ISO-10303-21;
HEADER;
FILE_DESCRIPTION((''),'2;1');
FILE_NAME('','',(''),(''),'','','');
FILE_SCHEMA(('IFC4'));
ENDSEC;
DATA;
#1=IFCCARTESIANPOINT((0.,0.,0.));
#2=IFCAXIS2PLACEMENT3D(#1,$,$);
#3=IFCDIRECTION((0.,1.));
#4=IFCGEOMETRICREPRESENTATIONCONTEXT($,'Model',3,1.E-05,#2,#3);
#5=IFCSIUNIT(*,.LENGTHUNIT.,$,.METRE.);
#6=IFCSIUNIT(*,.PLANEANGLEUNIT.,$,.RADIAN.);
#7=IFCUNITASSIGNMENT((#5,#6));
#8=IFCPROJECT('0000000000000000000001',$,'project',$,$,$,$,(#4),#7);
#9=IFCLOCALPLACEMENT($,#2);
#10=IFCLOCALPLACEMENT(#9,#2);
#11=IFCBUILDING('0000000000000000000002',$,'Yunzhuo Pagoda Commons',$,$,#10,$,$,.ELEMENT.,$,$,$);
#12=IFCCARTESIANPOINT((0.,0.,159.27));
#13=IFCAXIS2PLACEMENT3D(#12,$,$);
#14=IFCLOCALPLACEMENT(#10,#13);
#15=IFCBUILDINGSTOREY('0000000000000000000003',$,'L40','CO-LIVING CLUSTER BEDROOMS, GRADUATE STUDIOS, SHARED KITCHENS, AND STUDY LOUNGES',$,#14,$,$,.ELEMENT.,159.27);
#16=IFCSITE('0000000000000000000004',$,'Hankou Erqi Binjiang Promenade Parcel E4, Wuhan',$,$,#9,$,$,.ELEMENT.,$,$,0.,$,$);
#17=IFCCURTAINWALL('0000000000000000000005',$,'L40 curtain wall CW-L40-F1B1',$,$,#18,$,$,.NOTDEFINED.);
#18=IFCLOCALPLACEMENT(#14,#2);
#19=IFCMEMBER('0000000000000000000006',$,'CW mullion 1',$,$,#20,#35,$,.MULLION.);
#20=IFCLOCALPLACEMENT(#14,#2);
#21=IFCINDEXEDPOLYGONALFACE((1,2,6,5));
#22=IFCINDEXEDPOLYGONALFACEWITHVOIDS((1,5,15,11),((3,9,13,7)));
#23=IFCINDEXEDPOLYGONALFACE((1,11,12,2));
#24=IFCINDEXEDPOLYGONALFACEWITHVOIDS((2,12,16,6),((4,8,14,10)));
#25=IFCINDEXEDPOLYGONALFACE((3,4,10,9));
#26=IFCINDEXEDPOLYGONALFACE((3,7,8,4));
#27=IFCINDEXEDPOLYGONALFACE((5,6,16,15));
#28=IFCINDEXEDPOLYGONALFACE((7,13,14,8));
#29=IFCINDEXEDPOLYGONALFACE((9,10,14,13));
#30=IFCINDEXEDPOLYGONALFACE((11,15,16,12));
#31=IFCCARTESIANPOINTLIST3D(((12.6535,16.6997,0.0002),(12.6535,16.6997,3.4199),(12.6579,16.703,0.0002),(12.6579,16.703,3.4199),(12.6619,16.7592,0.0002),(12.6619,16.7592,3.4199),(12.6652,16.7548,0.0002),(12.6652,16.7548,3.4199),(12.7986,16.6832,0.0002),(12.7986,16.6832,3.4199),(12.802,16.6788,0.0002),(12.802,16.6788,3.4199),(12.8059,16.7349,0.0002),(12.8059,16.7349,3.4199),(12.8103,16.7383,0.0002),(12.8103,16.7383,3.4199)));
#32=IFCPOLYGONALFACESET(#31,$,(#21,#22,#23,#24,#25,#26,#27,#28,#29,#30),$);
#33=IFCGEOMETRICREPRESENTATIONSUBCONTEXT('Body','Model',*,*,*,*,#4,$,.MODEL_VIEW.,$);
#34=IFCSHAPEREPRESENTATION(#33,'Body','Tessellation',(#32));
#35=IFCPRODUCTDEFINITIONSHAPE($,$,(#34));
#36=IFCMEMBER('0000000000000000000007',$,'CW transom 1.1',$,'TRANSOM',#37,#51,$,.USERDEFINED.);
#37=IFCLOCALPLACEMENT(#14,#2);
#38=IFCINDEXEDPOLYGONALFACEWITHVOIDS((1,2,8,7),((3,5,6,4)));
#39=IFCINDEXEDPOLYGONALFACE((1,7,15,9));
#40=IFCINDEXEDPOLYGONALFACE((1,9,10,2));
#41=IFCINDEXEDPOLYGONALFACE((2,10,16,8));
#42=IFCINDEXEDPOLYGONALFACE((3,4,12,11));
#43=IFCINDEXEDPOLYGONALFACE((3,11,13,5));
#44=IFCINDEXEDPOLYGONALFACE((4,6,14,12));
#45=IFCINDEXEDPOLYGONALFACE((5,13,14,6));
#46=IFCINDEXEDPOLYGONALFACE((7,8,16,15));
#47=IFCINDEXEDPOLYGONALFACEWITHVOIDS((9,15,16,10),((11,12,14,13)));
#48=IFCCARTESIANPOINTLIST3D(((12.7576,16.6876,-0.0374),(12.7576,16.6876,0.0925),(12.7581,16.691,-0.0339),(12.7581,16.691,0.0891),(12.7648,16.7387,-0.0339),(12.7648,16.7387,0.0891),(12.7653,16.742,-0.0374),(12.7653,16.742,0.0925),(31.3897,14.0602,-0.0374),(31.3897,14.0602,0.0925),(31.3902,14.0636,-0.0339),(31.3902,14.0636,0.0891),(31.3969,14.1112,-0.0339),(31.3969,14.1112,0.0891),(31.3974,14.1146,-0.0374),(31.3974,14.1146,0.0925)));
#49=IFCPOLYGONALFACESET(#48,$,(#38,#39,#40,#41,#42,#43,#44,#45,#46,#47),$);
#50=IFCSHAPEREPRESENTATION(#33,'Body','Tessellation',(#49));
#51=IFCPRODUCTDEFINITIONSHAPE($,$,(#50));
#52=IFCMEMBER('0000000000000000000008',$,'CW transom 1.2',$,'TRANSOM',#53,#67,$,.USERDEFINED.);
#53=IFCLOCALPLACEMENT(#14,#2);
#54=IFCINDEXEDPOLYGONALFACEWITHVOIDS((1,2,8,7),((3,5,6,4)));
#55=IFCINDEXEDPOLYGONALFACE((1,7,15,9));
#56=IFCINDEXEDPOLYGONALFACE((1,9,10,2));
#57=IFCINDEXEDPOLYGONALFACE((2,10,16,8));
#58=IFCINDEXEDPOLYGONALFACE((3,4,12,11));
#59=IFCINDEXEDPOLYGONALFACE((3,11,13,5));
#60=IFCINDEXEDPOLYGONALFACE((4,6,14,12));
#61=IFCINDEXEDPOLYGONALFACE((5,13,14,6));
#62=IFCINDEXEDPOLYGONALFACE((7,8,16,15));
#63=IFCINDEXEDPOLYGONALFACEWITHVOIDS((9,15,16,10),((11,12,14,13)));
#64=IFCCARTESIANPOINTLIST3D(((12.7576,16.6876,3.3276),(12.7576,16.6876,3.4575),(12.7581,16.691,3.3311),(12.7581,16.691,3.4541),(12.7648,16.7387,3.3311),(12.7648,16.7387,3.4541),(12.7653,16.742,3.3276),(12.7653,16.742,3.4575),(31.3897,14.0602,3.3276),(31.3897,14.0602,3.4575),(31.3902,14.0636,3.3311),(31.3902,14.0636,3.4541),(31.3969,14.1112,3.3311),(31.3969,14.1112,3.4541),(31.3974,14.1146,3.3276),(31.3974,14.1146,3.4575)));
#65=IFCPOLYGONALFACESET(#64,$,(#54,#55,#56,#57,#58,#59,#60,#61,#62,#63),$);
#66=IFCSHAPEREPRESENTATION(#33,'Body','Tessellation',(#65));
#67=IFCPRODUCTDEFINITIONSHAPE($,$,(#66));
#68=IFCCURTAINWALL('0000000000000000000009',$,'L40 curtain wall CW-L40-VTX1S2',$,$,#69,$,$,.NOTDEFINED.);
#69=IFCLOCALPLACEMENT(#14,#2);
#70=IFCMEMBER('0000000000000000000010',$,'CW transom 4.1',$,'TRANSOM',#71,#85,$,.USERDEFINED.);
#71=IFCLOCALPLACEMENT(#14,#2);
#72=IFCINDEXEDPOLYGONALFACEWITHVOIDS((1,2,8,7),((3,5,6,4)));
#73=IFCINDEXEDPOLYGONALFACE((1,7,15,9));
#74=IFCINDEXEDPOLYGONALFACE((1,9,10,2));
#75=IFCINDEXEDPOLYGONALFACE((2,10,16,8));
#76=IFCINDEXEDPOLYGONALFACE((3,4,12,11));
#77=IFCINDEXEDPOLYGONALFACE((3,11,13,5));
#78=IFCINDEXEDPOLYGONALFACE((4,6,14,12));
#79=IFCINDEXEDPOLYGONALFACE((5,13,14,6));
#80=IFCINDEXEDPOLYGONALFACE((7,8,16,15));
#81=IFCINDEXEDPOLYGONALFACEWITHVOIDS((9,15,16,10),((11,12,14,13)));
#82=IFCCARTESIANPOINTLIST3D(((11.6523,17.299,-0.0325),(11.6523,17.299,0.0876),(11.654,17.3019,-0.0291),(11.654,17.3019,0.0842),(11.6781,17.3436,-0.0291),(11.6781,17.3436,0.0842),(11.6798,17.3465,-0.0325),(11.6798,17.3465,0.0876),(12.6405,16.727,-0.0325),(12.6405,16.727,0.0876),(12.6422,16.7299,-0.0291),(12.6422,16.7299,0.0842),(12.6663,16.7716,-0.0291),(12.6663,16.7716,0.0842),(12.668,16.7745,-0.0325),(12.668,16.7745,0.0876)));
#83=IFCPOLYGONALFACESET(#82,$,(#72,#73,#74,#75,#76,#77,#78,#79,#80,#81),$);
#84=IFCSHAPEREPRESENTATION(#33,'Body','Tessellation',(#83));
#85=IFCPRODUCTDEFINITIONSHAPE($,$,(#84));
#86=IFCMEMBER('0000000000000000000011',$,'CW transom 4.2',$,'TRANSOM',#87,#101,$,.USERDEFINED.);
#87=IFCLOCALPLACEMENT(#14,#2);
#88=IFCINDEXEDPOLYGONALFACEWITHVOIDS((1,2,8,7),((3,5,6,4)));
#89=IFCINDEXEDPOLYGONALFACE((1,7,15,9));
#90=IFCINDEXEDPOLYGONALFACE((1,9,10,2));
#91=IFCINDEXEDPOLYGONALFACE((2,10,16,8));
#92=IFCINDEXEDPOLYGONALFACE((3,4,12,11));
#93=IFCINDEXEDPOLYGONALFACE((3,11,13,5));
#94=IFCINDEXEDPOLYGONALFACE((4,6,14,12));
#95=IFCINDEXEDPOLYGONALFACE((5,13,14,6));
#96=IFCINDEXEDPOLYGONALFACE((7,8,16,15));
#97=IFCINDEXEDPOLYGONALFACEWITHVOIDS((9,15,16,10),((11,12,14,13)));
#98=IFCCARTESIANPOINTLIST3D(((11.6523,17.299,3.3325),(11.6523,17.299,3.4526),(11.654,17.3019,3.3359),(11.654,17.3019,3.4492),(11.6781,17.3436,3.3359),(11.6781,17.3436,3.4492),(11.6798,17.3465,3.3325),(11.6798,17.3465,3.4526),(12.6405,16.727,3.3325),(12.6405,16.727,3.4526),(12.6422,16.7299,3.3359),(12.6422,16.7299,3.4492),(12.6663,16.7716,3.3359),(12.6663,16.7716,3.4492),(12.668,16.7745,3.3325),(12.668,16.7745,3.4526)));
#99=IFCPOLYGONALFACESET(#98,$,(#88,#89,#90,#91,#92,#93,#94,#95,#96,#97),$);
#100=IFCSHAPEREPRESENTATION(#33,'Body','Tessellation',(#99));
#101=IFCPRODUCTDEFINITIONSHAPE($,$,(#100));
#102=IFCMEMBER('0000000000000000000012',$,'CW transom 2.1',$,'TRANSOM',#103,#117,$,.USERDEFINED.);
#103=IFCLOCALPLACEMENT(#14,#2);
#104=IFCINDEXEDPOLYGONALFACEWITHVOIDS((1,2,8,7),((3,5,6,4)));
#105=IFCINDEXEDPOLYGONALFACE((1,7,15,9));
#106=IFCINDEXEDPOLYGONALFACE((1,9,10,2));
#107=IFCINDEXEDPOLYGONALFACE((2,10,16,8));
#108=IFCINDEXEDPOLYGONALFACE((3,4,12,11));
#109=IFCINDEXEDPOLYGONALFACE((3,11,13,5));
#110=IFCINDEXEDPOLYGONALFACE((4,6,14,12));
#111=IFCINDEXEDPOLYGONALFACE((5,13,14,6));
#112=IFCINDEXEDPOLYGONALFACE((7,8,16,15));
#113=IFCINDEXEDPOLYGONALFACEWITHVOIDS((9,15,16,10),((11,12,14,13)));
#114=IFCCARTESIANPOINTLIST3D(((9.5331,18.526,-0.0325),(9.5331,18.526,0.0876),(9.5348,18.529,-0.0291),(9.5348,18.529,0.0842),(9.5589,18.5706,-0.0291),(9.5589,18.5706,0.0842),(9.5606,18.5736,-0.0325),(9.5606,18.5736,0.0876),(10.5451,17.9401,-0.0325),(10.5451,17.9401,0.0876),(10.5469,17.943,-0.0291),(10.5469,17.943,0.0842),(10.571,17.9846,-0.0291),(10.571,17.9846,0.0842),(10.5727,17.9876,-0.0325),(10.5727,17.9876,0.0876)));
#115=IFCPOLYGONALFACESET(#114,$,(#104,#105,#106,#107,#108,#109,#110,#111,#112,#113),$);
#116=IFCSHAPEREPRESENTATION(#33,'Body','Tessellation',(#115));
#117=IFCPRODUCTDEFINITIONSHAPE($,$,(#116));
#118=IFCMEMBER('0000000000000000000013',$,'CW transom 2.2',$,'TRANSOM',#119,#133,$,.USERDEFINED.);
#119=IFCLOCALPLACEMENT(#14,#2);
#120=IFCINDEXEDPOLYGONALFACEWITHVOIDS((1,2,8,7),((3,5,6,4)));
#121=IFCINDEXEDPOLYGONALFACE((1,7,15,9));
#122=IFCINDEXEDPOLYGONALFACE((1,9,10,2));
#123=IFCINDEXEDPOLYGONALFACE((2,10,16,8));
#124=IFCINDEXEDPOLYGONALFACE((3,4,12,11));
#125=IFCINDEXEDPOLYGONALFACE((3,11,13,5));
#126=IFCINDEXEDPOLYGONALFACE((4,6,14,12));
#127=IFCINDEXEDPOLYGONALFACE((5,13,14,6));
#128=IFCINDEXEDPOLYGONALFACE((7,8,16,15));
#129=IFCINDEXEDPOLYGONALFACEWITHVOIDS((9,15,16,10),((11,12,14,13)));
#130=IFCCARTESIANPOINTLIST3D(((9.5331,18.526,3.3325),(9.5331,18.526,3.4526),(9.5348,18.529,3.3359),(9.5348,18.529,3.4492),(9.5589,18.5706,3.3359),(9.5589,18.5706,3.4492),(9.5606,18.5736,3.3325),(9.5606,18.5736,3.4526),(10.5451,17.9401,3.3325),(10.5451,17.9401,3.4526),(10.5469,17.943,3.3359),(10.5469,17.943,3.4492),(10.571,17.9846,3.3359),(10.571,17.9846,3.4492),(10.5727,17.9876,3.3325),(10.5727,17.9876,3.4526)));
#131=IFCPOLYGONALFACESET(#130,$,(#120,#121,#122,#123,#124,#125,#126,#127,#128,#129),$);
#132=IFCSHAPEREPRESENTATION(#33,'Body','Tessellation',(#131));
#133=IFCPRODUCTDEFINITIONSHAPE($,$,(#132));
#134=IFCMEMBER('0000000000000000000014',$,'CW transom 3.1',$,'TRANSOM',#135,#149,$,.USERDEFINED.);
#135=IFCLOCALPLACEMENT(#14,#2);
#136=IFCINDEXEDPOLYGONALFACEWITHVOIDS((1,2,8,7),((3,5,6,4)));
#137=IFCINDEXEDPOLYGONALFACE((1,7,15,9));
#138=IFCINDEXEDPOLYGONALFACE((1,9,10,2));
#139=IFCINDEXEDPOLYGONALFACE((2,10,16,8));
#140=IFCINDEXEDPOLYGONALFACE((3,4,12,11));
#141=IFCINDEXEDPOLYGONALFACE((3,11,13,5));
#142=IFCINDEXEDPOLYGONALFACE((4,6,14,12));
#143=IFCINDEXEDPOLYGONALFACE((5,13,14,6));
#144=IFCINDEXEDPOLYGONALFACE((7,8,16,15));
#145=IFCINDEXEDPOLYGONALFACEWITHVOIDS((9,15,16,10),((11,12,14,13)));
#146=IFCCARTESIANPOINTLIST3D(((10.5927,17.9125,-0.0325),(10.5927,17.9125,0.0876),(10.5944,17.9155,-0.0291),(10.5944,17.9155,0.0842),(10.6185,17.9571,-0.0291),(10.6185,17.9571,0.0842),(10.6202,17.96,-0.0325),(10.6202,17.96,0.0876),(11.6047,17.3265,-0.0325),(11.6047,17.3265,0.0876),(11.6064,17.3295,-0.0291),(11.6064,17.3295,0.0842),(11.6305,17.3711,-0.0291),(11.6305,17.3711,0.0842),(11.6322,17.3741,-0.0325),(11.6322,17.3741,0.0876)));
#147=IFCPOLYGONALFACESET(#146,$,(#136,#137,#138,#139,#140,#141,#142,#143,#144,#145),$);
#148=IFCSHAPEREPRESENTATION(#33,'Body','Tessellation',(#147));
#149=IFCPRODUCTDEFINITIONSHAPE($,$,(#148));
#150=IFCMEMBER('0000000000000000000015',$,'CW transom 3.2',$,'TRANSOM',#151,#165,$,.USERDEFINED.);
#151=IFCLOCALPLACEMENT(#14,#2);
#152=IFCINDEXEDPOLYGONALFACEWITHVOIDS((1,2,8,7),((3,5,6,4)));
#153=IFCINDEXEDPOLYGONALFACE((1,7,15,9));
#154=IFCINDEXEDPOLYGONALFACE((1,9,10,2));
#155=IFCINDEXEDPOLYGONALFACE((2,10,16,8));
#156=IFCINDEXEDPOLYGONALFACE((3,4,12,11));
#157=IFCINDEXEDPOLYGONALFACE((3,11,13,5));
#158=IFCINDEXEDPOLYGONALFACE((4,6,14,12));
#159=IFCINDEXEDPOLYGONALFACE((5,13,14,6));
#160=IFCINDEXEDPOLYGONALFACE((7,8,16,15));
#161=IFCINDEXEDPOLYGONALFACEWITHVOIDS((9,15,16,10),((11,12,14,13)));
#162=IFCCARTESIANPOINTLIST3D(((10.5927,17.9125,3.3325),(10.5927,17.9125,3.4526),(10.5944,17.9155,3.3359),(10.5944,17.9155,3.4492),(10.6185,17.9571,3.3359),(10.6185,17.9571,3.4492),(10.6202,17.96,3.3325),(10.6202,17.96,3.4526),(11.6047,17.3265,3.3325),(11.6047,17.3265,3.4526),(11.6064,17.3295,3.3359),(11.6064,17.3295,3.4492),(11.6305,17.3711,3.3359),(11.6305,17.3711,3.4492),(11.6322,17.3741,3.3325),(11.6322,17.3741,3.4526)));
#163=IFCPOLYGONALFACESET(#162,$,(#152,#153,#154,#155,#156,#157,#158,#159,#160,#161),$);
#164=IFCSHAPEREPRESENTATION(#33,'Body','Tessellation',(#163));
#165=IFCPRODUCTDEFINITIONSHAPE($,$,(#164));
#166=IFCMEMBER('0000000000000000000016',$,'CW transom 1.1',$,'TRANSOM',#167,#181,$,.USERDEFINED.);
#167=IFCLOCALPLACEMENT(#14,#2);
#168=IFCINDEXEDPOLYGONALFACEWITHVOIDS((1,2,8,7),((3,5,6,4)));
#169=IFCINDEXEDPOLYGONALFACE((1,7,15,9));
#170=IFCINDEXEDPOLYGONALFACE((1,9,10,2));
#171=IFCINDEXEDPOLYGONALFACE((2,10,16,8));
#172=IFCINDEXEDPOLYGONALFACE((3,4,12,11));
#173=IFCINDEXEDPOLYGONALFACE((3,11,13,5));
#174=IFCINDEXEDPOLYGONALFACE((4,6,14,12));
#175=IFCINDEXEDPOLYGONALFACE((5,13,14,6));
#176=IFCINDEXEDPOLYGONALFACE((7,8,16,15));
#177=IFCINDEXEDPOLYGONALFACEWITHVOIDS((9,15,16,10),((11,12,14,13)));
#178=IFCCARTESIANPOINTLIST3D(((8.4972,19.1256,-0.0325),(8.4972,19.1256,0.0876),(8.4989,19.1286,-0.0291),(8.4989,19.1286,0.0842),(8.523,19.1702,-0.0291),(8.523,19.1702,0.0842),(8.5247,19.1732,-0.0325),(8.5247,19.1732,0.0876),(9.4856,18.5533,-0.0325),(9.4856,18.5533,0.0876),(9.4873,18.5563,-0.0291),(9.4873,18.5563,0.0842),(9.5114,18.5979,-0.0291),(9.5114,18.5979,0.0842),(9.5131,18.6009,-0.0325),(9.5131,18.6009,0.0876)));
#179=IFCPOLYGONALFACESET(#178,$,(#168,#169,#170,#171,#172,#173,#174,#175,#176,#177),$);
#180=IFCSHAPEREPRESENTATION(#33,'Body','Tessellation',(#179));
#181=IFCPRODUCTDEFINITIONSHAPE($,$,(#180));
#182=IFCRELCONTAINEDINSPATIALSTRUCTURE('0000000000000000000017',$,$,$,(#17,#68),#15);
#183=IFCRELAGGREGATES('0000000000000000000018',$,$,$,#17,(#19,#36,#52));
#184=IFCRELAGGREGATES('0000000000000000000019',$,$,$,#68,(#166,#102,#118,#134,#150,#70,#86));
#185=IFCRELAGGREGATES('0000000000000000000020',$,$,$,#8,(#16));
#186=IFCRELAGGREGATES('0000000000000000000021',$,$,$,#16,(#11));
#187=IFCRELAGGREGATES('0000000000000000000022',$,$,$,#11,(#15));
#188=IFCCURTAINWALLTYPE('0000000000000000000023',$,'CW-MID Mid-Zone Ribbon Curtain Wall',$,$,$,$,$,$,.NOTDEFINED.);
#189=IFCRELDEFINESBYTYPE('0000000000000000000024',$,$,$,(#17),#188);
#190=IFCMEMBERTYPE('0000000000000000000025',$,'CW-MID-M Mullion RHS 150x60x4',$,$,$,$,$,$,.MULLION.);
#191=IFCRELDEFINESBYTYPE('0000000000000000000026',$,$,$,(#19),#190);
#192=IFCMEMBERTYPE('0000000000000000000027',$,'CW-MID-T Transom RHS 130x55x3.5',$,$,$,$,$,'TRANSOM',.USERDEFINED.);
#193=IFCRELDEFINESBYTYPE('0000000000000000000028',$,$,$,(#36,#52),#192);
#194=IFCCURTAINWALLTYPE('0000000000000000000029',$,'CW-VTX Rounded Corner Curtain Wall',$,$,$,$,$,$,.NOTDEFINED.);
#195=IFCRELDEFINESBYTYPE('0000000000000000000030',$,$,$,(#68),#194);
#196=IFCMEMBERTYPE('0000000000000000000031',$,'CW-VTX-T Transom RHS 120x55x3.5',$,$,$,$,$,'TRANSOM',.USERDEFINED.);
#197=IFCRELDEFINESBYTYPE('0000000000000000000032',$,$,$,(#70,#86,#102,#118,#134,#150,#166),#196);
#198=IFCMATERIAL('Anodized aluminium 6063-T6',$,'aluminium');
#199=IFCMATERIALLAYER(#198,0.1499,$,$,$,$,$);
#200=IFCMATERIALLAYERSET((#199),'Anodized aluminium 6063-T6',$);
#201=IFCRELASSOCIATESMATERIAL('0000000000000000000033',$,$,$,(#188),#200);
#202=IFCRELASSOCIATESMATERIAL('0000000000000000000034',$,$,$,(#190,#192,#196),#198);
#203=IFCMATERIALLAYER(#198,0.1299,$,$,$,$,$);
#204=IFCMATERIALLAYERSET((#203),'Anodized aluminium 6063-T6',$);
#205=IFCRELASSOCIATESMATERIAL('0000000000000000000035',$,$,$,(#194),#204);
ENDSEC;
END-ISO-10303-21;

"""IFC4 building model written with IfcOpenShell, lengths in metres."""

from ifc_helpers import new_model, si_unit, direction, frame, origin, origin_2d, place, context, subcontext, project, spatial, hollow_rectangle, extrude, source, transform, mapped, material, layer, layer_set, material_profile, profile_set, type_object, element, aggregate, save


model = new_model("IFC4")

# Units and contexts
model_context = context("Model", 3, precision=1e-05, world=origin(), true_north=direction((0.0, 1.0)))
body_context = subcontext(model_context, "Body", "Model", "MODEL_VIEW")
ifc_project = project(units=[si_unit("LENGTHUNIT", "METRE"), si_unit("PLANEANGLEUNIT", "RADIAN")], contexts=[model_context])

# Site, building, storey
site_placement = place(None, origin())
site = spatial("IfcSite", under=ifc_project, at=site_placement, Name="Hankou Erqi Binjiang Promenade Parcel E4, Wuhan", CompositionType="ELEMENT", RefElevation=0.0)
building_placement = place(site_placement, origin())
building = spatial("IfcBuilding", under=site, at=building_placement, Name="Yunzhuo Pagoda Commons", CompositionType="ELEMENT")
storey_placement = place(building_placement, frame((0.0, 0.0, 159.27)))
storey = spatial("IfcBuildingStorey", under=building, at=storey_placement, Name="L40", Description="CO-LIVING CLUSTER BEDROOMS, GRADUATE STUDIOS, SHARED KITCHENS, AND STUDY LOUNGES", CompositionType="ELEMENT", Elevation=159.27)

# Curtain walls, members
ifc_material_1 = material(Name="Anodized aluminium 6063-T6", Category="aluminium")
ifc_layer_1 = layer(ifc_material_1, 0.1499)
ifc_layer_set_1 = layer_set([ifc_layer_1], Name="Anodized aluminium 6063-T6")
curtain_wall_type_1 = type_object("IfcCurtainWallType", Name="CW-MID Mid-Zone Ribbon Curtain Wall", PredefinedType="NOTDEFINED", material=ifc_layer_set_1)
curtain_wall_1_placement = place(storey_placement, origin())
curtain_wall_1 = element("IfcCurtainWall", 1, at=curtain_wall_1_placement, inside=storey, type_object=curtain_wall_type_1, Name="L40 curtain wall CW-L40-F1B1", PredefinedType="NOTDEFINED")
ifc_material_profile_1 = material_profile(ifc_material_1, hollow_rectangle(XDim=0.0601, YDim=0.1499, WallThickness=0.0039, at=origin_2d()), Name="Anodized aluminium 6063-T6")
ifc_profile_set_1 = profile_set([ifc_material_profile_1], Name="Anodized aluminium 6063-T6")
member_type_1 = type_object("IfcMemberType", Name="CW-MID-M Mullion RHS 150x60x4", PredefinedType="MULLION", material=ifc_profile_set_1)
shared_shape_1 = source(origin(), body_context, "Body", "SweptSolid", [
    extrude(hollow_rectangle(XDim=0.0601, YDim=0.1499, WallThickness=0.0039, at=origin_2d()), origin(), (0.0, 0.0, 1.0), 3.4197),
])
member_1_placement = place(storey_placement, frame((12.7319, 16.719, 0.0002), z_axis=(0.0, 0.0, 1.0), x_axis=(0.13963, 0.990204, 0.0)))
member_1 = element("IfcMember", 2, at=member_1_placement, type_object=member_type_1, Name="CW mullion 1", PredefinedType="MULLION", context=body_context, shape_type="MappedRepresentation", body=[
    mapped(shared_shape_1, transform((0.0, 0.0, 0.0), scale=1.0)),
])
ifc_material_profile_2 = material_profile(ifc_material_1, hollow_rectangle(XDim=0.0549, YDim=0.1299, WallThickness=0.0034, at=origin_2d()), Name="Anodized aluminium 6063-T6")
ifc_profile_set_2 = profile_set([ifc_material_profile_2], Name="Anodized aluminium 6063-T6")
member_type_2 = type_object("IfcMemberType", Name="CW-MID-T Transom RHS 130x55x3.5", ElementType="TRANSOM", PredefinedType="USERDEFINED", material=ifc_profile_set_2)
shared_shape_2 = source(origin(), body_context, "Body", "SweptSolid", [
    extrude(hollow_rectangle(XDim=0.0549, YDim=0.1299, WallThickness=0.0034, at=origin_2d()), origin(), (0.0, 0.0, 1.0), 18.8164),
])
member_2_placement = place(storey_placement, frame((12.7615, 16.7148, 0.0276), z_axis=(0.990203, -0.139636, 0.0), x_axis=(0.139636, 0.990203, 0.0)))
member_2 = element("IfcMember", 3, at=member_2_placement, type_object=member_type_2, Name="CW transom 1.1", ObjectType="TRANSOM", PredefinedType="USERDEFINED", context=body_context, shape_type="MappedRepresentation", body=[
    mapped(shared_shape_2, transform((0.0, 0.0, 0.0), scale=1.0)),
])
member_3_placement = place(storey_placement, frame((12.7615, 16.7148, 3.3926), z_axis=(0.990203, -0.139636, 0.0), x_axis=(0.139636, 0.990203, 0.0)))
member_3 = element("IfcMember", 4, at=member_3_placement, type_object=member_type_2, Name="CW transom 1.2", ObjectType="TRANSOM", PredefinedType="USERDEFINED", context=body_context, shape_type="MappedRepresentation", body=[
    mapped(shared_shape_2, transform((0.0, 0.0, 0.0), scale=1.0)),
])
aggregate(curtain_wall_1, [member_1, member_2, member_3])
ifc_layer_2 = layer(ifc_material_1, 0.1299)
ifc_layer_set_2 = layer_set([ifc_layer_2], Name="Anodized aluminium 6063-T6")
curtain_wall_type_2 = type_object("IfcCurtainWallType", Name="CW-VTX Rounded Corner Curtain Wall", PredefinedType="NOTDEFINED", material=ifc_layer_set_2)
curtain_wall_2_placement = place(storey_placement, origin())
curtain_wall_2 = element("IfcCurtainWall", 5, at=curtain_wall_2_placement, inside=storey, type_object=curtain_wall_type_2, Name="L40 curtain wall CW-L40-VTX1S2", PredefinedType="NOTDEFINED")
ifc_material_profile_3 = material_profile(ifc_material_1, hollow_rectangle(XDim=0.0549, YDim=0.1201, WallThickness=0.0034, at=origin_2d()), Name="Anodized aluminium 6063-T6")
ifc_profile_set_3 = profile_set([ifc_material_profile_3], Name="Anodized aluminium 6063-T6")
member_type_3 = type_object("IfcMemberType", Name="CW-VTX-T Transom RHS 120x55x3.5", ElementType="TRANSOM", PredefinedType="USERDEFINED", material=ifc_profile_set_3)
shared_shape_3 = source(origin(), body_context, "Body", "SweptSolid", [
    extrude(hollow_rectangle(XDim=0.0549, YDim=0.1201, WallThickness=0.0034, at=origin_2d()), origin(), (0.0, 0.0, 1.0), 1.1418),
])
member_4_placement = place(storey_placement, frame((11.666, 17.3228, 0.0276), z_axis=(0.86548, -0.500944, 0.0), x_axis=(0.500944, 0.86548, 0.0)))
member_4 = element("IfcMember", 6, at=member_4_placement, type_object=member_type_3, Name="CW transom 4.1", ObjectType="TRANSOM", PredefinedType="USERDEFINED", context=body_context, shape_type="MappedRepresentation", body=[
    mapped(shared_shape_3, transform((0.0, 0.0, 0.0), scale=1.0)),
])
member_5_placement = place(storey_placement, frame((11.666, 17.3228, 3.3926), z_axis=(0.86548, -0.500944, 0.0), x_axis=(0.500944, 0.86548, 0.0)))
member_5 = element("IfcMember", 7, at=member_5_placement, type_object=member_type_3, Name="CW transom 4.2", ObjectType="TRANSOM", PredefinedType="USERDEFINED", context=body_context, shape_type="MappedRepresentation", body=[
    mapped(shared_shape_3, transform((0.0, 0.0, 0.0), scale=1.0)),
])
shared_shape_4 = source(origin(), body_context, "Body", "SweptSolid", [
    extrude(hollow_rectangle(XDim=0.0549, YDim=0.1201, WallThickness=0.0034, at=origin_2d()), origin(), (0.0, 0.0, 1.0), 1.1694),
])
member_6_placement = place(storey_placement, frame((9.5469, 18.5498, 0.0276), z_axis=(0.865402, -0.501077, 0.0), x_axis=(0.501077, 0.865402, 0.0)))
member_6 = element("IfcMember", 8, at=member_6_placement, type_object=member_type_3, Name="CW transom 2.1", ObjectType="TRANSOM", PredefinedType="USERDEFINED", context=body_context, shape_type="MappedRepresentation", body=[
    mapped(shared_shape_4, transform((0.0, 0.0, 0.0), scale=1.0)),
])
member_7_placement = place(storey_placement, frame((9.5469, 18.5498, 3.3926), z_axis=(0.865402, -0.501077, 0.0), x_axis=(0.501077, 0.865402, 0.0)))
member_7 = element("IfcMember", 9, at=member_7_placement, type_object=member_type_3, Name="CW transom 2.2", ObjectType="TRANSOM", PredefinedType="USERDEFINED", context=body_context, shape_type="MappedRepresentation", body=[
    mapped(shared_shape_4, transform((0.0, 0.0, 0.0), scale=1.0)),
])
member_8_placement = place(storey_placement, frame((10.6064, 17.9363, 0.0276), z_axis=(0.865402, -0.501077, 0.0), x_axis=(0.501077, 0.865402, 0.0)))
member_8 = element("IfcMember", 10, at=member_8_placement, type_object=member_type_3, Name="CW transom 3.1", ObjectType="TRANSOM", PredefinedType="USERDEFINED", context=body_context, shape_type="MappedRepresentation", body=[
    mapped(shared_shape_4, transform((0.0, 0.0, 0.0), scale=1.0)),
])
member_9_placement = place(storey_placement, frame((10.6064, 17.9363, 3.3926), z_axis=(0.865402, -0.501077, 0.0), x_axis=(0.501077, 0.865402, 0.0)))
member_9 = element("IfcMember", 11, at=member_9_placement, type_object=member_type_3, Name="CW transom 3.2", ObjectType="TRANSOM", PredefinedType="USERDEFINED", context=body_context, shape_type="MappedRepresentation", body=[
    mapped(shared_shape_4, transform((0.0, 0.0, 0.0), scale=1.0)),
])
shared_shape_5 = source(origin(), body_context, "Body", "SweptSolid", [
    extrude(hollow_rectangle(XDim=0.0549, YDim=0.1201, WallThickness=0.0034, at=origin_2d()), origin(), (0.0, 0.0, 1.0), 1.1421),
])
member_10_placement = place(storey_placement, frame((8.511, 19.1494, 0.0276), z_axis=(0.865387, -0.501104, 0.0), x_axis=(0.501104, 0.865387, 0.0)))
member_10 = element("IfcMember", 12, at=member_10_placement, type_object=member_type_3, Name="CW transom 1.1", ObjectType="TRANSOM", PredefinedType="USERDEFINED", context=body_context, shape_type="MappedRepresentation", body=[
    mapped(shared_shape_5, transform((0.0, 0.0, 0.0), scale=1.0)),
])

aggregate(curtain_wall_2, [member_10, member_6, member_7, member_8, member_9, member_4, member_5])

save(model, "model.ifc")
